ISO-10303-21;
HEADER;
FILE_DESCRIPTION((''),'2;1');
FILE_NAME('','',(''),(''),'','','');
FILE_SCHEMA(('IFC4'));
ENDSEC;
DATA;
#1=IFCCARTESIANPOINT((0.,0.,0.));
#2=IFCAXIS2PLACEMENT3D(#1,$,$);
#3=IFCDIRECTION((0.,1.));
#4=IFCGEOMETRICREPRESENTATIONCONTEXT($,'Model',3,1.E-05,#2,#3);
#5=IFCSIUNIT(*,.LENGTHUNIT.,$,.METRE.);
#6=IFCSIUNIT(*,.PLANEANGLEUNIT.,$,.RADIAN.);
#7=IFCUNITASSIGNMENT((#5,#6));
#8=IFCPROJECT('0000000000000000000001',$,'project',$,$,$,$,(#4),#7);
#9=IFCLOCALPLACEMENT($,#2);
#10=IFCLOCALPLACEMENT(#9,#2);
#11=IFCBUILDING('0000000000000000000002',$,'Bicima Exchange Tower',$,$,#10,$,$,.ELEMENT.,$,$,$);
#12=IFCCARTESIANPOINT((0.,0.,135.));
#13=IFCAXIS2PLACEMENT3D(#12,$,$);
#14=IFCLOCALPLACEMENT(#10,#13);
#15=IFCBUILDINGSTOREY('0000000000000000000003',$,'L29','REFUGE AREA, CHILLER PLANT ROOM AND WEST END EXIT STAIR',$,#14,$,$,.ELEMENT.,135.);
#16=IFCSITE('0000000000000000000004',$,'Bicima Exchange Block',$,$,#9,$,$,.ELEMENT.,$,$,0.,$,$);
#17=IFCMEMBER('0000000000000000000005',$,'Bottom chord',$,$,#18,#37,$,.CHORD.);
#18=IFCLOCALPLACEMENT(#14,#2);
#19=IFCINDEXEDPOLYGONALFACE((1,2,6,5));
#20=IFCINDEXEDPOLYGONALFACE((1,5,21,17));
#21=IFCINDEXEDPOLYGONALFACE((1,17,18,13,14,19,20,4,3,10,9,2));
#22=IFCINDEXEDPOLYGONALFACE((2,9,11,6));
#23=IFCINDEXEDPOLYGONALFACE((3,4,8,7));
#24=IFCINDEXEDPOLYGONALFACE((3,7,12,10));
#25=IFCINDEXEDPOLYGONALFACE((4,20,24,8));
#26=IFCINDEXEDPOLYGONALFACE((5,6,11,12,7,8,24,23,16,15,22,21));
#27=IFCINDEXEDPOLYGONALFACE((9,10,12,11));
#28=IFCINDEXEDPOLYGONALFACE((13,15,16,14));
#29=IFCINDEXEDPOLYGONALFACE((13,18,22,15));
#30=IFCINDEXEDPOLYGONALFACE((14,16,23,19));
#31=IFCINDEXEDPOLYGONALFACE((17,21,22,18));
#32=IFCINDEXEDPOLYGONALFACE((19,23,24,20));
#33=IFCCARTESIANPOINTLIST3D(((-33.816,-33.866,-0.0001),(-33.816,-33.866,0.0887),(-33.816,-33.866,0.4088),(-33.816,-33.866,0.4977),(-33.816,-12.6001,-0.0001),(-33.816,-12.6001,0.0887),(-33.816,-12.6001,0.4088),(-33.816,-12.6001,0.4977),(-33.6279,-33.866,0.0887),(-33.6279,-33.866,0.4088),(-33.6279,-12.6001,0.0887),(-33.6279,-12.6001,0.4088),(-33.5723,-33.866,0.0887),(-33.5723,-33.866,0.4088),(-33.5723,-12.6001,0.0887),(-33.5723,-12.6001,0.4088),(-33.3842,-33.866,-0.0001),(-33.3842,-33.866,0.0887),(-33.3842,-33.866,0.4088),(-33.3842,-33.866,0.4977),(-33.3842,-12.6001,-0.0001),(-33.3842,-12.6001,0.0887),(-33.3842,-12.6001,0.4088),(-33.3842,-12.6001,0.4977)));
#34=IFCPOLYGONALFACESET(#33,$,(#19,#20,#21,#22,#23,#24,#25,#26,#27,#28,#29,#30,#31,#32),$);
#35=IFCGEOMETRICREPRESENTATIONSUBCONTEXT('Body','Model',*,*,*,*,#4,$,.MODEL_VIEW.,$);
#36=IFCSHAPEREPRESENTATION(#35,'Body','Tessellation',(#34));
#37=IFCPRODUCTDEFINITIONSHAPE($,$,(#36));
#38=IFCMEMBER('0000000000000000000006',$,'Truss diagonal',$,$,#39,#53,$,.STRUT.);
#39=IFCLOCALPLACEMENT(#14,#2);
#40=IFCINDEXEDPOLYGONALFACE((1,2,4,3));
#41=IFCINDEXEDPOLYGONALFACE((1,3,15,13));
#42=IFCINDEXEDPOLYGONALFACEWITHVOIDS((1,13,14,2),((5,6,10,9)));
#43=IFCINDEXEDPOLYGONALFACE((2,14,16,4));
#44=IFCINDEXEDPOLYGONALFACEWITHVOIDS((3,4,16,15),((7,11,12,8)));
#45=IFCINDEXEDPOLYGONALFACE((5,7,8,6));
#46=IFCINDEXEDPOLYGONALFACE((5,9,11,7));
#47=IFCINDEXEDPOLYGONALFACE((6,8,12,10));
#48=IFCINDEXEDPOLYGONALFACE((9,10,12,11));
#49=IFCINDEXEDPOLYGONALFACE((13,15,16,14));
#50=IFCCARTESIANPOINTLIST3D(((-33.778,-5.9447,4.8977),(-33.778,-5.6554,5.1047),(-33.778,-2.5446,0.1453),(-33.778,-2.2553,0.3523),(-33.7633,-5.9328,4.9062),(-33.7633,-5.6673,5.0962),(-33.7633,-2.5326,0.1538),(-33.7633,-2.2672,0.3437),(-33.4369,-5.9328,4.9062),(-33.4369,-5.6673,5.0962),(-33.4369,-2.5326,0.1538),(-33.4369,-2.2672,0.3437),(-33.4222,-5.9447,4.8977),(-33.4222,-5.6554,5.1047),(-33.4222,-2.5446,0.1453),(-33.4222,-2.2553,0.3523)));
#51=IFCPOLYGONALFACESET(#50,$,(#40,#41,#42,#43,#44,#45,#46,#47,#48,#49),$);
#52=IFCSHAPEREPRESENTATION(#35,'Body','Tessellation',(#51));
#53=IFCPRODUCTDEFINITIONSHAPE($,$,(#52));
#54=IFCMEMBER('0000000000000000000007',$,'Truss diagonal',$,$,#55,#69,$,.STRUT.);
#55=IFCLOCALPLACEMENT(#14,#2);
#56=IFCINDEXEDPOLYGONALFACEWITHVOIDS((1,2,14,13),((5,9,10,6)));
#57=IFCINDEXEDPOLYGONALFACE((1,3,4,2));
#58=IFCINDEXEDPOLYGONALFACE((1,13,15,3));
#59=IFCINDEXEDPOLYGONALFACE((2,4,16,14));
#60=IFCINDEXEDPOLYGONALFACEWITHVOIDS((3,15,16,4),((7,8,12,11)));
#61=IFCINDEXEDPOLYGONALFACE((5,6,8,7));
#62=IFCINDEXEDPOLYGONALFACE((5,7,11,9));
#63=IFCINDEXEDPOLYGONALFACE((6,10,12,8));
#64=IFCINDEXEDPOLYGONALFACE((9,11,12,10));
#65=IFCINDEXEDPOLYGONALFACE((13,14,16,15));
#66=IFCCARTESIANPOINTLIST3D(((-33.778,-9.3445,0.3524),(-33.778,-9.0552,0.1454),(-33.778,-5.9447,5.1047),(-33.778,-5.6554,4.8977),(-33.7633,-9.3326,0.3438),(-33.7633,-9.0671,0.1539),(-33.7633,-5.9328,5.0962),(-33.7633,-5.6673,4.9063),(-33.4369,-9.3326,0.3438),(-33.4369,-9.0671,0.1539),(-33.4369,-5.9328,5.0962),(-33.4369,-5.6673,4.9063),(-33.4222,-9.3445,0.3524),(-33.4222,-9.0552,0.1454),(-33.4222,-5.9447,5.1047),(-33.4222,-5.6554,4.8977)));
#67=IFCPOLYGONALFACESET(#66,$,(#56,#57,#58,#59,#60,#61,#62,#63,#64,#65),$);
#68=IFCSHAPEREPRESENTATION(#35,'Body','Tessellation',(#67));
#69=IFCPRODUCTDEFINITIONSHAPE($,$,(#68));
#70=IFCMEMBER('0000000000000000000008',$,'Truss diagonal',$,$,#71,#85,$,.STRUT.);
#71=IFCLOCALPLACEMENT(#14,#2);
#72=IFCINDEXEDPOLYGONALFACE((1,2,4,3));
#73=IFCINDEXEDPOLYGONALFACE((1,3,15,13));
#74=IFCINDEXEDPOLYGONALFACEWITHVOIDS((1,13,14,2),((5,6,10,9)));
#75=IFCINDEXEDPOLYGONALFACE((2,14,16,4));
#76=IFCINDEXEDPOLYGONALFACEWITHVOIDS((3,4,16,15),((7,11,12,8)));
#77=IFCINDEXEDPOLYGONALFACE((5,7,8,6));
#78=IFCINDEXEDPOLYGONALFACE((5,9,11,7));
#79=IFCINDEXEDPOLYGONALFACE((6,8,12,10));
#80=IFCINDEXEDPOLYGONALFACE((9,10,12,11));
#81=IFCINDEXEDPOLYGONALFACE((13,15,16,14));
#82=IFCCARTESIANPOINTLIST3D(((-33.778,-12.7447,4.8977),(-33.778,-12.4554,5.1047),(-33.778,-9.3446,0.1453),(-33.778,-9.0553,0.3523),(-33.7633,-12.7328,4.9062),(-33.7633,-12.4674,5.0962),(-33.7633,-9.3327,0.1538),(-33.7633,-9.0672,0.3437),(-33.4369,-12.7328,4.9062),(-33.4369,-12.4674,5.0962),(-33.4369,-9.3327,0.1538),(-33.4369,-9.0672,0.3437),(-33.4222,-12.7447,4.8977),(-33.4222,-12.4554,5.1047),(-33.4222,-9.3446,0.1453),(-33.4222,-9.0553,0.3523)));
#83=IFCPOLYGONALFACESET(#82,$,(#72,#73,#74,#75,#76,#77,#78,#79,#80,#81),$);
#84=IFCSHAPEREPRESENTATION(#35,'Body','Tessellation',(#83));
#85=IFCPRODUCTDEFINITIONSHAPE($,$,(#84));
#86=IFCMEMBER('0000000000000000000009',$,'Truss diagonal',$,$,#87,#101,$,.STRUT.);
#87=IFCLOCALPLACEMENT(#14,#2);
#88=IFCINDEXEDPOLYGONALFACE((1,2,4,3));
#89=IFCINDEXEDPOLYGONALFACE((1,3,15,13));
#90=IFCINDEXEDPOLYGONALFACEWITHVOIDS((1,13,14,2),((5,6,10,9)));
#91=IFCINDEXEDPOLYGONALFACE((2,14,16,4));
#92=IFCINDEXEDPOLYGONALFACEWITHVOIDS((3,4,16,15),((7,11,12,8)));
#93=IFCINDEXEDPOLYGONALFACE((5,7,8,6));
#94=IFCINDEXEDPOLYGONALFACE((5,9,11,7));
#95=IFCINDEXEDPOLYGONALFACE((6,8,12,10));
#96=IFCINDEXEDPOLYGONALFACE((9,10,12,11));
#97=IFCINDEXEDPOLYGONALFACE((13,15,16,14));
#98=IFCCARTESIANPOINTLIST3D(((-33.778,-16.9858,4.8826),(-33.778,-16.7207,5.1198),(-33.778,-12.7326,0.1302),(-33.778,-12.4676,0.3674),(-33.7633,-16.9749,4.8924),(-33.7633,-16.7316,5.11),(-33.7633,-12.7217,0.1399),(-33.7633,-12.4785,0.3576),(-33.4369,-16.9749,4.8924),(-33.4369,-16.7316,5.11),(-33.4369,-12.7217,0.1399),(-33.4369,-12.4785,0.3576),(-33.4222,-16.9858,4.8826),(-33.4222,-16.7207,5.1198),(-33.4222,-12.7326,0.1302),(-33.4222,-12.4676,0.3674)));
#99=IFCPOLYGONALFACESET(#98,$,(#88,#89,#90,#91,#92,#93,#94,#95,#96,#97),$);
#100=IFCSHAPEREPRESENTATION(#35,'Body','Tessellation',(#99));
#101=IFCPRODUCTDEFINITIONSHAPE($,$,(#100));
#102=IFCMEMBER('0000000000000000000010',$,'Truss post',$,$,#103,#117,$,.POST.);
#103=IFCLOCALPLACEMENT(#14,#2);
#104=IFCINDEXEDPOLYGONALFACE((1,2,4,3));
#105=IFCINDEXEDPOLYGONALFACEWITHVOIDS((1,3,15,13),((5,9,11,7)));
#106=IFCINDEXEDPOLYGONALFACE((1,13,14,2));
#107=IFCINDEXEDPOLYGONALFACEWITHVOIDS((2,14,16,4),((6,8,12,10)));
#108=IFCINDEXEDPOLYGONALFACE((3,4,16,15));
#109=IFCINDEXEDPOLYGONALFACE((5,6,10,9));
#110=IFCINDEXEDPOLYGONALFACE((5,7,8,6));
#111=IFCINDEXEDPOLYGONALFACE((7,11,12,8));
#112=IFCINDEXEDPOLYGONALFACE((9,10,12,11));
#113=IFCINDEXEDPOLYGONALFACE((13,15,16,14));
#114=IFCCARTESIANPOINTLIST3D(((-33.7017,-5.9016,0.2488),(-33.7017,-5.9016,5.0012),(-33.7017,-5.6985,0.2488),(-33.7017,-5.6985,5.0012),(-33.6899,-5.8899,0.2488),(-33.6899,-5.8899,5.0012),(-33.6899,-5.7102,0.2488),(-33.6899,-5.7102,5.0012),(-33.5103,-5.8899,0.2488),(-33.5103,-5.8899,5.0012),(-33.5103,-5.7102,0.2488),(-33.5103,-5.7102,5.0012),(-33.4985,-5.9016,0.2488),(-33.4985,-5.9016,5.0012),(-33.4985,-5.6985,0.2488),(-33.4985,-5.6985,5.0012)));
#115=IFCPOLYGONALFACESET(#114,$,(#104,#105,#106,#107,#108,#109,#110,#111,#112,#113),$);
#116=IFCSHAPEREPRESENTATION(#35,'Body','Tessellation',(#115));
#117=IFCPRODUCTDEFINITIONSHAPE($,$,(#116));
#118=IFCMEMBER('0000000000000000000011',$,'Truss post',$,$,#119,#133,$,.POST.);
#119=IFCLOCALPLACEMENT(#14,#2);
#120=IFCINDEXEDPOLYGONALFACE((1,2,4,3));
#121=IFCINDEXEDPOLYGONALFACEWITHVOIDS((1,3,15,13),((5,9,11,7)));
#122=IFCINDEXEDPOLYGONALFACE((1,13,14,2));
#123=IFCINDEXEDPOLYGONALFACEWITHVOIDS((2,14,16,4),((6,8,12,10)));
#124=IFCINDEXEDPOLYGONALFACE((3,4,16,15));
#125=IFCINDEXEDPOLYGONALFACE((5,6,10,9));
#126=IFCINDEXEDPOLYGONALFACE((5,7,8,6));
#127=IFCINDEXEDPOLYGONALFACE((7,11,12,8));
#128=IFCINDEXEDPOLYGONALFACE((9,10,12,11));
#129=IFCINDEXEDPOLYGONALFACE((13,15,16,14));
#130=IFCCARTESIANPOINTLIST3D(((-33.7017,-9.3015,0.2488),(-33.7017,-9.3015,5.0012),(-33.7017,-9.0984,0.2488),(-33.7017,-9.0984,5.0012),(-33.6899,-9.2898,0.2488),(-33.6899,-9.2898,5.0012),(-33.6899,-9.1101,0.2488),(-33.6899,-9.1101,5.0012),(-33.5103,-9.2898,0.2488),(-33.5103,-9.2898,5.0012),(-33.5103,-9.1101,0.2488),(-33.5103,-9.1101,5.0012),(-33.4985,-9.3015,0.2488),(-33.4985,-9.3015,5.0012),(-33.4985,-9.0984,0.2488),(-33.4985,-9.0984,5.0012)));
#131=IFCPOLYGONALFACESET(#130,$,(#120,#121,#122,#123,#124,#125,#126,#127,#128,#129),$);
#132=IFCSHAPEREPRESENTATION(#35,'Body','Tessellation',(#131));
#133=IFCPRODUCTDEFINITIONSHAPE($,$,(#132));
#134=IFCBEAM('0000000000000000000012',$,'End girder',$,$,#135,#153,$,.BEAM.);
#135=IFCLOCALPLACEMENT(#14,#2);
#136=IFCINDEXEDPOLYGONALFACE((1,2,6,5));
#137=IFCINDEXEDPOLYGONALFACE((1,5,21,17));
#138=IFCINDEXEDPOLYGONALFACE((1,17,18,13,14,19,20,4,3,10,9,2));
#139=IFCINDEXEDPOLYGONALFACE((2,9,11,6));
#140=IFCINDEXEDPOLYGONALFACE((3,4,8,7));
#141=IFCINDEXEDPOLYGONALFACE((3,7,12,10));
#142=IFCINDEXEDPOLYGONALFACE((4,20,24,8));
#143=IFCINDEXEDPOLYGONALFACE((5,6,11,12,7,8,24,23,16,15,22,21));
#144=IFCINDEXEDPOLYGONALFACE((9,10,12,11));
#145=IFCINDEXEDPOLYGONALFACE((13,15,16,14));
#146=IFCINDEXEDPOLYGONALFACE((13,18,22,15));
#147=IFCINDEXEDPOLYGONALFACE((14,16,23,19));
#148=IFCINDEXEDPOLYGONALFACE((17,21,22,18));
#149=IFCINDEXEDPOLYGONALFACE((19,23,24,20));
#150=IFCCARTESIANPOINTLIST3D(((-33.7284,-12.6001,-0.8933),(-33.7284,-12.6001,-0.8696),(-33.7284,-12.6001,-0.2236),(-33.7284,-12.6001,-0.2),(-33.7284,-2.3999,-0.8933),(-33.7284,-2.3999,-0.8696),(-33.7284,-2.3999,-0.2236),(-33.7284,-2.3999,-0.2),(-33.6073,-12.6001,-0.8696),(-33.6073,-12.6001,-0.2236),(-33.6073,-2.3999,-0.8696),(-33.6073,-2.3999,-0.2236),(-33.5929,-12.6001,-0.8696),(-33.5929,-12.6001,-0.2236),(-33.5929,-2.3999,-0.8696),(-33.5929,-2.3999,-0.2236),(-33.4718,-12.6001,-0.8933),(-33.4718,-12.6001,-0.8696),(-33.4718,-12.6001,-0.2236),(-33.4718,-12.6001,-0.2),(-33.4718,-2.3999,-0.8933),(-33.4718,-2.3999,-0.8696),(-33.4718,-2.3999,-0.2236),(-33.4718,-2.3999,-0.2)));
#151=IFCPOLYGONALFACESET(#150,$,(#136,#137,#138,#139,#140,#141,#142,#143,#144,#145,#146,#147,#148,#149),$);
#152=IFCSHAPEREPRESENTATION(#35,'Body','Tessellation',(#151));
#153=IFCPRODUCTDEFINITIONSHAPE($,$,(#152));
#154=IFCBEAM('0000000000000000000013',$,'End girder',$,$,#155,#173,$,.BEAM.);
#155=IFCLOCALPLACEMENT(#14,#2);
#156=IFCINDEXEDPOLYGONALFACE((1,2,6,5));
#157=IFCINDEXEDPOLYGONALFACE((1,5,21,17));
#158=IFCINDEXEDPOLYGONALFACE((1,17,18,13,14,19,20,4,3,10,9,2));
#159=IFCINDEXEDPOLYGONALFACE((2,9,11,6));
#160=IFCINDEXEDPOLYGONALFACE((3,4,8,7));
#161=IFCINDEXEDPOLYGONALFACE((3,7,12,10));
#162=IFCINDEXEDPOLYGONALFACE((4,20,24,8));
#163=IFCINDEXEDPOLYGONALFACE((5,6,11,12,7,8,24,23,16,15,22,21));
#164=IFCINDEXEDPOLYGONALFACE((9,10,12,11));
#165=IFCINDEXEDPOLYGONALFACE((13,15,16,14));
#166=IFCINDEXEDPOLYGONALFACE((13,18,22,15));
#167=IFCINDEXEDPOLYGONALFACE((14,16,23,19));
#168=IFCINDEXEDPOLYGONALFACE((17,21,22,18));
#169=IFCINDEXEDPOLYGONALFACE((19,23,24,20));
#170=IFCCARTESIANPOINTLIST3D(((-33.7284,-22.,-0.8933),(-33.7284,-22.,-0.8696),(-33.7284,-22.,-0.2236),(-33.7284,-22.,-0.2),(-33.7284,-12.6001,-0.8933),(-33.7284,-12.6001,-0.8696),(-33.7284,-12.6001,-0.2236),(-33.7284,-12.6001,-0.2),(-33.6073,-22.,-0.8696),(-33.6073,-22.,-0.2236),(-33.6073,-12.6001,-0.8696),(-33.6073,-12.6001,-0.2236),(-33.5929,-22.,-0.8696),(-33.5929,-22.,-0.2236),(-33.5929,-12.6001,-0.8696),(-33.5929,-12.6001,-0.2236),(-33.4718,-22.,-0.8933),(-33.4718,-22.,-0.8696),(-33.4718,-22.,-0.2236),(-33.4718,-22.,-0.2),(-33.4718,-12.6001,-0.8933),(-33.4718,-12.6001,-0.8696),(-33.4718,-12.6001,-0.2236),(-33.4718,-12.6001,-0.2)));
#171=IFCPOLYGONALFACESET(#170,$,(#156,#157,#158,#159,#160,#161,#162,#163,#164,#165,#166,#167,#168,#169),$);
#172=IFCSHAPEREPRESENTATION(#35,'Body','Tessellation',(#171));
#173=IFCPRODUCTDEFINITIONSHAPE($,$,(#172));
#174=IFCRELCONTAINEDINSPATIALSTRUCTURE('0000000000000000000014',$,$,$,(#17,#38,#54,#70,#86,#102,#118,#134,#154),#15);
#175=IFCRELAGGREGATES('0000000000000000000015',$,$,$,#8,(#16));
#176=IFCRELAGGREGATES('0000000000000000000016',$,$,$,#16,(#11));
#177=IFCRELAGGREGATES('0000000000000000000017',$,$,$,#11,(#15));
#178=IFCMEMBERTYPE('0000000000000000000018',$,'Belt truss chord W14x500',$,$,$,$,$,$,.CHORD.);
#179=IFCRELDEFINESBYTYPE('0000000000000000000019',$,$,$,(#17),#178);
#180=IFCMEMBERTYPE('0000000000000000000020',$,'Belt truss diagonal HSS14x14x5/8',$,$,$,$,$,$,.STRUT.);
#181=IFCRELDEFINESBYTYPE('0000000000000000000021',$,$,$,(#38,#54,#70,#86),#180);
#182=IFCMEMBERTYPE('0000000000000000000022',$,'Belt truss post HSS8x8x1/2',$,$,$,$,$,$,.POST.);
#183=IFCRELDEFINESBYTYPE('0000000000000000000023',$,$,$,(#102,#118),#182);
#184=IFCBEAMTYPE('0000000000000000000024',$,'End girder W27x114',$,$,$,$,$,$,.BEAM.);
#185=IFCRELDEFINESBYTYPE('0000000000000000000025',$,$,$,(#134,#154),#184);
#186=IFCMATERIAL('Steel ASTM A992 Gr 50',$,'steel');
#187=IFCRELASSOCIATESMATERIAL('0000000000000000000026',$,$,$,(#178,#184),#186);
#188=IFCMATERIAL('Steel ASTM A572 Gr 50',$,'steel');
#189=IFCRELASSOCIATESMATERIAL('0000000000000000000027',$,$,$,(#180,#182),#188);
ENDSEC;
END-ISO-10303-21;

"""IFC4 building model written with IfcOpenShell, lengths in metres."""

from ifc_helpers import new_model, si_unit, direction, frame, origin, origin_2d, place, context, subcontext, project, spatial, hollow_rectangle, i_section, extrude, material, material_profile, profile_set, type_object, element, save


model = new_model("IFC4")

# Units and contexts
model_context = context("Model", 3, precision=1e-05, world=origin(), true_north=direction((0.0, 1.0)))
body_context = subcontext(model_context, "Body", "Model", "MODEL_VIEW")
ifc_project = project(units=[si_unit("LENGTHUNIT", "METRE"), si_unit("PLANEANGLEUNIT", "RADIAN")], contexts=[model_context])

# Site, building, storey
site_placement = place(None, origin())
site = spatial("IfcSite", under=ifc_project, at=site_placement, Name="Bicima Exchange Block", CompositionType="ELEMENT", RefElevation=0.0)
building_placement = place(site_placement, origin())
building = spatial("IfcBuilding", under=site, at=building_placement, Name="Bicima Exchange Tower", CompositionType="ELEMENT")
storey_placement = place(building_placement, frame((0.0, 0.0, 135.0)))
storey = spatial("IfcBuildingStorey", under=building, at=storey_placement, Name="L29", Description="REFUGE AREA, CHILLER PLANT ROOM AND WEST END EXIT STAIR", CompositionType="ELEMENT", Elevation=135.0)

# Shared definitions
ifc_material_1 = material(Name="Steel ASTM A992 Gr 50", Category="steel")

# Shared definitions
ifc_material_2 = material(Name="Steel ASTM A572 Gr 50", Category="steel")

# Members
ifc_material_profile_1 = material_profile(ifc_material_1, i_section(OverallWidth=0.4319, OverallDepth=0.4978, WebThickness=0.0557, FlangeThickness=0.0889, at=origin_2d()))
ifc_profile_set_1 = profile_set([ifc_material_profile_1], Name="Steel ASTM A992 Gr 50")
member_type_1 = type_object("IfcMemberType", Name="Belt truss chord W14x500", PredefinedType="CHORD", material=ifc_profile_set_1)
for number, where, z_axis, x_axis, name in (
    (1, (-33.6001, -12.6001, 0.2488), (0.0, -1.0, 0.0), (1.0, 0.0, 0.0), "Bottom chord"),
):
    element("IfcMember", number, at=place(storey_placement, frame(where, z_axis=z_axis, x_axis=x_axis)), inside=storey, type_object=member_type_1, Name=name, PredefinedType="CHORD", context=body_context, shape_type="SweptSolid", body=[
        extrude(i_section(OverallWidth=0.4319, OverallDepth=0.4978, WebThickness=0.0557, FlangeThickness=0.0889, at=origin_2d()), origin(), (0.0, 0.0, 1.0), 21.2659),
    ])
ifc_material_profile_2 = material_profile(ifc_material_2, hollow_rectangle(XDim=0.3557, YDim=0.3557, WallThickness=0.0146, at=origin_2d()))
ifc_profile_set_2 = profile_set([ifc_material_profile_2], Name="Steel ASTM A572 Gr 50")
member_type_2 = type_object("IfcMemberType", Name="Belt truss diagonal HSS14x14x5/8", PredefinedType="STRUT", material=ifc_profile_set_2)
member_1_placement = place(storey_placement, frame((-33.6001, -2.3999, 0.2488), z_axis=(0.0, -0.581866, 0.813284), x_axis=(1.0, 0.0, 0.0)))
element("IfcMember", 2, at=member_1_placement, inside=storey, type_object=member_type_2, Name="Truss diagonal", PredefinedType="STRUT", context=body_context, shape_type="SweptSolid", body=[
    extrude(hollow_rectangle(XDim=0.3557, YDim=0.3557, WallThickness=0.0146, at=origin_2d()), origin(), (0.0, 0.0, 1.0), 5.8435),
])
member_2_placement = place(storey_placement, frame((-33.6001, -5.8, 5.0012), z_axis=(0.0, -0.581839, -0.813304), x_axis=(1.0, 0.0, 0.0)))
element("IfcMember", 3, at=member_2_placement, inside=storey, type_object=member_type_2, Name="Truss diagonal", PredefinedType="STRUT", context=body_context, shape_type="SweptSolid", body=[
    extrude(hollow_rectangle(XDim=0.3557, YDim=0.3557, WallThickness=0.0146, at=origin_2d()), origin(), (0.0, 0.0, 1.0), 5.8433),
])
member_3_placement = place(storey_placement, frame((-33.6001, -9.2, 0.2488), z_axis=(0.0, -0.581866, 0.813284), x_axis=(1.0, 0.0, 0.0)))
element("IfcMember", 4, at=member_3_placement, inside=storey, type_object=member_type_2, Name="Truss diagonal", PredefinedType="STRUT", context=body_context, shape_type="SweptSolid", body=[
    extrude(hollow_rectangle(XDim=0.3557, YDim=0.3557, WallThickness=0.0146, at=origin_2d()), origin(), (0.0, 0.0, 1.0), 5.8435),
])
member_4_placement = place(storey_placement, frame((-33.6001, -12.6001, 0.2488), z_axis=(0.0, -0.666881, 0.745164), x_axis=(1.0, 0.0, 0.0)))
element("IfcMember", 5, at=member_4_placement, inside=storey, type_object=member_type_2, Name="Truss diagonal", PredefinedType="STRUT", context=body_context, shape_type="SweptSolid", body=[
    extrude(hollow_rectangle(XDim=0.3557, YDim=0.3557, WallThickness=0.0146, at=origin_2d()), origin(), (0.0, 0.0, 1.0), 6.3777),
])
ifc_material_profile_3 = material_profile(ifc_material_2, hollow_rectangle(XDim=0.2031, YDim=0.2031, WallThickness=0.0117, at=origin_2d()))
ifc_profile_set_3 = profile_set([ifc_material_profile_3], Name="Steel ASTM A572 Gr 50")
member_type_3 = type_object("IfcMemberType", Name="Belt truss post HSS8x8x1/2", PredefinedType="POST", material=ifc_profile_set_3)
for number, where, z_axis, x_axis, name in (
    (6, (-33.6001, -5.8, 0.2488), (0.0, 0.0, 1.0), (1.0, 0.0, 0.0), "Truss post"),
    (7, (-33.6001, -9.2, 0.2488), (0.0, 0.0, 1.0), (1.0, 0.0, 0.0), "Truss post"),
):
    element("IfcMember", number, at=place(storey_placement, frame(where, z_axis=z_axis, x_axis=x_axis)), inside=storey, type_object=member_type_3, Name=name, PredefinedType="POST", context=body_context, shape_type="SweptSolid", body=[
        extrude(hollow_rectangle(XDim=0.2031, YDim=0.2031, WallThickness=0.0117, at=origin_2d()), origin(), (0.0, 0.0, 1.0), 4.7524),
    ])

# Beams
ifc_material_profile_4 = material_profile(ifc_material_1, i_section(OverallWidth=0.2566, OverallDepth=0.6934, WebThickness=0.0144, FlangeThickness=0.0237, at=origin_2d()))
ifc_profile_set_4 = profile_set([ifc_material_profile_4], Name="Steel ASTM A992 Gr 50")
beam_type_1 = type_object("IfcBeamType", Name="End girder W27x114", PredefinedType="BEAM", material=ifc_profile_set_4)
beam_1_placement = place(storey_placement, frame((-33.6001, -2.3999, -0.5466), z_axis=(0.0, -1.0, 0.0), x_axis=(1.0, 0.0, 0.0)))
element("IfcBeam", 8, at=beam_1_placement, inside=storey, type_object=beam_type_1, Name="End girder", PredefinedType="BEAM", context=body_context, shape_type="SweptSolid", body=[
    extrude(i_section(OverallWidth=0.2566, OverallDepth=0.6934, WebThickness=0.0144, FlangeThickness=0.0237, at=origin_2d()), origin(), (0.0, 0.0, 1.0), 10.2002),
])
beam_2_placement = place(storey_placement, frame((-33.6001, -12.6001, -0.5466), z_axis=(0.0, -1.0, 0.0), x_axis=(1.0, 0.0, 0.0)))
element("IfcBeam", 9, at=beam_2_placement, inside=storey, type_object=beam_type_1, Name="End girder", PredefinedType="BEAM", context=body_context, shape_type="SweptSolid", body=[
    extrude(i_section(OverallWidth=0.2566, OverallDepth=0.6934, WebThickness=0.0144, FlangeThickness=0.0237, at=origin_2d()), origin(), (0.0, 0.0, 1.0), 9.3999),
])

save(model, "model.ifc")
